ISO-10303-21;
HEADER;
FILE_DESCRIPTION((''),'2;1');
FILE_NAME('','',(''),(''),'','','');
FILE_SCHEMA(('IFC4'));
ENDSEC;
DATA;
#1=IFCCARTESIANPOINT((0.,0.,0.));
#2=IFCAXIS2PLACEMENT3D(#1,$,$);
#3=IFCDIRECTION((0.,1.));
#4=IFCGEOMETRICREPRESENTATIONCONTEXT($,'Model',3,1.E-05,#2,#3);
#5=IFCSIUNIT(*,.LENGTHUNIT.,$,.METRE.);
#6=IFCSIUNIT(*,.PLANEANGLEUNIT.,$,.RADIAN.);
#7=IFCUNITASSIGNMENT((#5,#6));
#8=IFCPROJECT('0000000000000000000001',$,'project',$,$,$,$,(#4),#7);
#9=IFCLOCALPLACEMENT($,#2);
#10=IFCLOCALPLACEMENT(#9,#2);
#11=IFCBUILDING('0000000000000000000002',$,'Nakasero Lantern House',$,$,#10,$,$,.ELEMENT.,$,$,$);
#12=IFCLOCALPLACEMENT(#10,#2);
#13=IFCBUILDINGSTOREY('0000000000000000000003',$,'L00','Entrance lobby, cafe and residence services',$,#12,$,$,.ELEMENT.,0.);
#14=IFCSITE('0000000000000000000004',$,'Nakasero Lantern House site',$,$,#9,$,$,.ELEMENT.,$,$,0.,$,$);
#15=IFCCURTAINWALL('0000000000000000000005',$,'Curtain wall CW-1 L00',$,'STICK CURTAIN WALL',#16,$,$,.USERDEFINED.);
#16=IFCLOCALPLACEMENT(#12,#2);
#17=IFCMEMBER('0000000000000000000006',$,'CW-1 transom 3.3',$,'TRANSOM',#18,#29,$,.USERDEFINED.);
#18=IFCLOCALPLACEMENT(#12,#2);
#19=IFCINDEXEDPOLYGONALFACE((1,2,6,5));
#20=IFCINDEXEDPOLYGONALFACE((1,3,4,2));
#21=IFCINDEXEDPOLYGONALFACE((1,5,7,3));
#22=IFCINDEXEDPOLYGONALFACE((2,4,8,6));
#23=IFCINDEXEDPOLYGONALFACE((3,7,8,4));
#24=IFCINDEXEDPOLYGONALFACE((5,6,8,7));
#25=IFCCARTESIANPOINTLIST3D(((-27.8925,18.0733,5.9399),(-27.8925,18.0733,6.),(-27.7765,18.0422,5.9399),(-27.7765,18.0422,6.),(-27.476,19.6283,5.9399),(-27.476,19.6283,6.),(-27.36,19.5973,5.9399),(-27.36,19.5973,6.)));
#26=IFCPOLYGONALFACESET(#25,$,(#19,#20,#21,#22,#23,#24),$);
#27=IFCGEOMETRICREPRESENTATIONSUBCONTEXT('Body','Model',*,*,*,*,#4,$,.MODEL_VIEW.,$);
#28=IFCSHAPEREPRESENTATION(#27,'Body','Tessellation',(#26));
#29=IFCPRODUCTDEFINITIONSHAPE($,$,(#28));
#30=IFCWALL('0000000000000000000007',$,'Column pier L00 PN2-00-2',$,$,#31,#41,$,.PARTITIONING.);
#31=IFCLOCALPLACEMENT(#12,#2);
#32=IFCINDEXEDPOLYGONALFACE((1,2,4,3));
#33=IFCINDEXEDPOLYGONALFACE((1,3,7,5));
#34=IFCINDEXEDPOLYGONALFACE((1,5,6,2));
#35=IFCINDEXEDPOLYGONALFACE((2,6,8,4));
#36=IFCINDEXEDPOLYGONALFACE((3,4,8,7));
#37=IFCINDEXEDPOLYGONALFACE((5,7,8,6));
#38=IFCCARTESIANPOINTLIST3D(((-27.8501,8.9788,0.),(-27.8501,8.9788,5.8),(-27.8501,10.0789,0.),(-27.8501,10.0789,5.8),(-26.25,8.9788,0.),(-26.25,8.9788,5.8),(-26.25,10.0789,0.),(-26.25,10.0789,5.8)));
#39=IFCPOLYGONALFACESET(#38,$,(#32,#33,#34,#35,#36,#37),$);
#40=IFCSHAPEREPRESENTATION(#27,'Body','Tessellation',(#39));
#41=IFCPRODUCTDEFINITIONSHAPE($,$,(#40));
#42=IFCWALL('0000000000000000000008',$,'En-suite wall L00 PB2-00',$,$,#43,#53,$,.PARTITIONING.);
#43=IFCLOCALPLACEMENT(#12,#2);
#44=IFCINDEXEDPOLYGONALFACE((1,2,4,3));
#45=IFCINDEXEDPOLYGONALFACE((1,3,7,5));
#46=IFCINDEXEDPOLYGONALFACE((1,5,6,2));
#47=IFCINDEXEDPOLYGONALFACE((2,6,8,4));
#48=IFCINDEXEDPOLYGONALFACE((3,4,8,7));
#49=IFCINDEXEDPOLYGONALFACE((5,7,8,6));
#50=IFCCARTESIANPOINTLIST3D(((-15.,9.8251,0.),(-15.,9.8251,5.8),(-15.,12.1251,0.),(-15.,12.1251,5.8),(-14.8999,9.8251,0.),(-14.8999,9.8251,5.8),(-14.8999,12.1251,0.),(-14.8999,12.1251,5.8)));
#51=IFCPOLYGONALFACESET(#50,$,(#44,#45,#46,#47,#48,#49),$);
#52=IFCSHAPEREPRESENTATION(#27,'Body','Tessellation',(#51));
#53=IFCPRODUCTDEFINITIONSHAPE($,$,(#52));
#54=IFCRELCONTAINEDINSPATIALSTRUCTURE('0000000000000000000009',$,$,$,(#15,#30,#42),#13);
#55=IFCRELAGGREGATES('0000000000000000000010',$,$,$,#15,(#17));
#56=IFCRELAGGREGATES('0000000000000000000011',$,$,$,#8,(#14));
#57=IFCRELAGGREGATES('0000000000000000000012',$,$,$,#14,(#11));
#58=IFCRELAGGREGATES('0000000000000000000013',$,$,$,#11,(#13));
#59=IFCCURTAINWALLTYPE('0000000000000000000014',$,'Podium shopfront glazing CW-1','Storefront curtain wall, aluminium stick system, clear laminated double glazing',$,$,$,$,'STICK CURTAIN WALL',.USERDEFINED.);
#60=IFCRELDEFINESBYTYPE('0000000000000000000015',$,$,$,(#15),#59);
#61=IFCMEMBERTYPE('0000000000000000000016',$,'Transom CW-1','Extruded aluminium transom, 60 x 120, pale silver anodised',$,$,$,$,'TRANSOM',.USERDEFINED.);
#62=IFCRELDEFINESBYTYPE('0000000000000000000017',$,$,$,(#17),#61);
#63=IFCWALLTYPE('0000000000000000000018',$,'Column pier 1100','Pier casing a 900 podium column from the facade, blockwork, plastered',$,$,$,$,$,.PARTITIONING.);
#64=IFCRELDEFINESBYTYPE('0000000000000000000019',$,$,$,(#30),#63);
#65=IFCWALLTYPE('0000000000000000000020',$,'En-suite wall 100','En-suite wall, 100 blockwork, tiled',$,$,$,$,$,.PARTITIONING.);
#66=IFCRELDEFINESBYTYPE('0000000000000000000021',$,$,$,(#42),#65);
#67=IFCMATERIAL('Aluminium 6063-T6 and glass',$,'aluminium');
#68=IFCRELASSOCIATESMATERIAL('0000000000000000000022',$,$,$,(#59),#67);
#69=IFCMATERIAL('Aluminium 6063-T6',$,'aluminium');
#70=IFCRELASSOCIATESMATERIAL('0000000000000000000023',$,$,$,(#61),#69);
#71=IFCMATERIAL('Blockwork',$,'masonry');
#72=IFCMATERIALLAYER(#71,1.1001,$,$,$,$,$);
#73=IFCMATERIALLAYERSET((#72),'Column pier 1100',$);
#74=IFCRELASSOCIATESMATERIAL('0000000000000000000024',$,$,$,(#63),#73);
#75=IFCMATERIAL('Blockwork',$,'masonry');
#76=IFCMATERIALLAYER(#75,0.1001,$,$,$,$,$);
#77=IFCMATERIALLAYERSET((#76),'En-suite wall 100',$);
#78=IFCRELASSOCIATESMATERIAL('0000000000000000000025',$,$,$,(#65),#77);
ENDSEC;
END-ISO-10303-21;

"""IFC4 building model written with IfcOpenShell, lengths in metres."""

from ifc_helpers import new_model, si_unit, direction, frame, frame_2d, origin, origin_2d, place, context, subcontext, project, spatial, rectangle, extrude, material, layer, layer_set, material_profile, profile_set, type_object, element, aggregate, save


model = new_model("IFC4")

# Units and contexts
model_context = context("Model", 3, precision=1e-05, world=origin(), true_north=direction((0.0, 1.0)))
body_context = subcontext(model_context, "Body", "Model", "MODEL_VIEW")
ifc_project = project(units=[si_unit("LENGTHUNIT", "METRE"), si_unit("PLANEANGLEUNIT", "RADIAN")], contexts=[model_context])

# Site, building, storey
site_placement = place(None, origin())
site = spatial("IfcSite", under=ifc_project, at=site_placement, Name="Nakasero Lantern House site", CompositionType="ELEMENT", RefElevation=0.0)
building_placement = place(site_placement, origin())
building = spatial("IfcBuilding", under=site, at=building_placement, Name="Nakasero Lantern House", CompositionType="ELEMENT")
storey_placement = place(building_placement, origin())
storey = spatial("IfcBuildingStorey", under=building, at=storey_placement, Name="L00", Description="Entrance lobby, cafe and residence services", CompositionType="ELEMENT", Elevation=0.0)

# Curtain wall, member
ifc_material_1 = material(Name="Aluminium 6063-T6 and glass", Category="aluminium")
curtain_wall_type = type_object("IfcCurtainWallType", Name="Podium shopfront glazing CW-1", Description="Storefront curtain wall, aluminium stick system, clear laminated double glazing", ElementType="STICK CURTAIN WALL", PredefinedType="USERDEFINED", material=ifc_material_1)
curtain_wall_placement = place(storey_placement, origin())
curtain_wall = element("IfcCurtainWall", 1, at=curtain_wall_placement, inside=storey, type_object=curtain_wall_type, Name="Curtain wall CW-1 L00", ObjectType="STICK CURTAIN WALL", PredefinedType="USERDEFINED")
ifc_material_2 = material(Name="Aluminium 6063-T6", Category="aluminium")
ifc_material_profile_1 = material_profile(ifc_material_2, rectangle(XDim=0.0601, YDim=0.1201, at=origin_2d()), Name="CW-1 transom 60x120")
ifc_profile_set_1 = profile_set([ifc_material_profile_1], Name="Aluminium 6063-T6")
member_type = type_object("IfcMemberType", Name="Transom CW-1", Description="Extruded aluminium transom, 60 x 120, pale silver anodised", ElementType="TRANSOM", PredefinedType="USERDEFINED", material=ifc_profile_set_1)
member_placement = place(storey_placement, frame((-27.418, 19.6128, 5.97), z_axis=(-0.258739, -0.965947, 0.0), x_axis=(0.0, 0.0, 1.0)))
member = element("IfcMember", 2, at=member_placement, type_object=member_type, Name="CW-1 transom 3.3", ObjectType="TRANSOM", PredefinedType="USERDEFINED", context=body_context, shape_type="SweptSolid", body=[
    extrude(rectangle(XDim=0.0601, YDim=0.1201, at=origin_2d()), origin(), (0.0, 0.0, 1.0), 1.6099),
])
aggregate(curtain_wall, [member])

# Walls
ifc_material_3 = material(Name="Blockwork", Category="masonry")
ifc_layer_1 = layer(ifc_material_3, 1.1001)
ifc_layer_set_1 = layer_set([ifc_layer_1], Name="Column pier 1100")
wall_type_1 = type_object("IfcWallType", Name="Column pier 1100", Description="Pier casing a 900 podium column from the facade, blockwork, plastered", PredefinedType="PARTITIONING", material=ifc_layer_set_1)
wall_1_placement = place(storey_placement, frame((-26.25, 9.5288, 0.0), z_axis=(0.0, 0.0, 1.0), x_axis=(-1.0, 0.0, 0.0)))
element("IfcWall", 3, at=wall_1_placement, inside=storey, type_object=wall_type_1, Name="Column pier L00 PN2-00-2", PredefinedType="PARTITIONING", context=body_context, shape_type="SweptSolid", body=[
    extrude(rectangle(XDim=1.6001, YDim=1.1001, at=frame_2d((0.8, 0.0))), origin(), (0.0, 0.0, 1.0), 5.8),
])
ifc_material_4 = material(Name="Blockwork", Category="masonry")
ifc_layer_2 = layer(ifc_material_4, 0.1001)
ifc_layer_set_2 = layer_set([ifc_layer_2], Name="En-suite wall 100")
wall_type_2 = type_object("IfcWallType", Name="En-suite wall 100", Description="En-suite wall, 100 blockwork, tiled", PredefinedType="PARTITIONING", material=ifc_layer_set_2)
wall_2_placement = place(storey_placement, frame((-14.95, 12.125, 0.0), z_axis=(0.0, 0.0, 1.0), x_axis=(0.0, -1.0, 0.0)))
element("IfcWall", 4, at=wall_2_placement, inside=storey, type_object=wall_type_2, Name="En-suite wall L00 PB2-00", PredefinedType="PARTITIONING", context=body_context, shape_type="SweptSolid", body=[
    extrude(rectangle(XDim=2.3, YDim=0.1001, at=frame_2d((1.1499, 0.0))), origin(), (0.0, 0.0, 1.0), 5.8),
])

save(model, "model.ifc")
